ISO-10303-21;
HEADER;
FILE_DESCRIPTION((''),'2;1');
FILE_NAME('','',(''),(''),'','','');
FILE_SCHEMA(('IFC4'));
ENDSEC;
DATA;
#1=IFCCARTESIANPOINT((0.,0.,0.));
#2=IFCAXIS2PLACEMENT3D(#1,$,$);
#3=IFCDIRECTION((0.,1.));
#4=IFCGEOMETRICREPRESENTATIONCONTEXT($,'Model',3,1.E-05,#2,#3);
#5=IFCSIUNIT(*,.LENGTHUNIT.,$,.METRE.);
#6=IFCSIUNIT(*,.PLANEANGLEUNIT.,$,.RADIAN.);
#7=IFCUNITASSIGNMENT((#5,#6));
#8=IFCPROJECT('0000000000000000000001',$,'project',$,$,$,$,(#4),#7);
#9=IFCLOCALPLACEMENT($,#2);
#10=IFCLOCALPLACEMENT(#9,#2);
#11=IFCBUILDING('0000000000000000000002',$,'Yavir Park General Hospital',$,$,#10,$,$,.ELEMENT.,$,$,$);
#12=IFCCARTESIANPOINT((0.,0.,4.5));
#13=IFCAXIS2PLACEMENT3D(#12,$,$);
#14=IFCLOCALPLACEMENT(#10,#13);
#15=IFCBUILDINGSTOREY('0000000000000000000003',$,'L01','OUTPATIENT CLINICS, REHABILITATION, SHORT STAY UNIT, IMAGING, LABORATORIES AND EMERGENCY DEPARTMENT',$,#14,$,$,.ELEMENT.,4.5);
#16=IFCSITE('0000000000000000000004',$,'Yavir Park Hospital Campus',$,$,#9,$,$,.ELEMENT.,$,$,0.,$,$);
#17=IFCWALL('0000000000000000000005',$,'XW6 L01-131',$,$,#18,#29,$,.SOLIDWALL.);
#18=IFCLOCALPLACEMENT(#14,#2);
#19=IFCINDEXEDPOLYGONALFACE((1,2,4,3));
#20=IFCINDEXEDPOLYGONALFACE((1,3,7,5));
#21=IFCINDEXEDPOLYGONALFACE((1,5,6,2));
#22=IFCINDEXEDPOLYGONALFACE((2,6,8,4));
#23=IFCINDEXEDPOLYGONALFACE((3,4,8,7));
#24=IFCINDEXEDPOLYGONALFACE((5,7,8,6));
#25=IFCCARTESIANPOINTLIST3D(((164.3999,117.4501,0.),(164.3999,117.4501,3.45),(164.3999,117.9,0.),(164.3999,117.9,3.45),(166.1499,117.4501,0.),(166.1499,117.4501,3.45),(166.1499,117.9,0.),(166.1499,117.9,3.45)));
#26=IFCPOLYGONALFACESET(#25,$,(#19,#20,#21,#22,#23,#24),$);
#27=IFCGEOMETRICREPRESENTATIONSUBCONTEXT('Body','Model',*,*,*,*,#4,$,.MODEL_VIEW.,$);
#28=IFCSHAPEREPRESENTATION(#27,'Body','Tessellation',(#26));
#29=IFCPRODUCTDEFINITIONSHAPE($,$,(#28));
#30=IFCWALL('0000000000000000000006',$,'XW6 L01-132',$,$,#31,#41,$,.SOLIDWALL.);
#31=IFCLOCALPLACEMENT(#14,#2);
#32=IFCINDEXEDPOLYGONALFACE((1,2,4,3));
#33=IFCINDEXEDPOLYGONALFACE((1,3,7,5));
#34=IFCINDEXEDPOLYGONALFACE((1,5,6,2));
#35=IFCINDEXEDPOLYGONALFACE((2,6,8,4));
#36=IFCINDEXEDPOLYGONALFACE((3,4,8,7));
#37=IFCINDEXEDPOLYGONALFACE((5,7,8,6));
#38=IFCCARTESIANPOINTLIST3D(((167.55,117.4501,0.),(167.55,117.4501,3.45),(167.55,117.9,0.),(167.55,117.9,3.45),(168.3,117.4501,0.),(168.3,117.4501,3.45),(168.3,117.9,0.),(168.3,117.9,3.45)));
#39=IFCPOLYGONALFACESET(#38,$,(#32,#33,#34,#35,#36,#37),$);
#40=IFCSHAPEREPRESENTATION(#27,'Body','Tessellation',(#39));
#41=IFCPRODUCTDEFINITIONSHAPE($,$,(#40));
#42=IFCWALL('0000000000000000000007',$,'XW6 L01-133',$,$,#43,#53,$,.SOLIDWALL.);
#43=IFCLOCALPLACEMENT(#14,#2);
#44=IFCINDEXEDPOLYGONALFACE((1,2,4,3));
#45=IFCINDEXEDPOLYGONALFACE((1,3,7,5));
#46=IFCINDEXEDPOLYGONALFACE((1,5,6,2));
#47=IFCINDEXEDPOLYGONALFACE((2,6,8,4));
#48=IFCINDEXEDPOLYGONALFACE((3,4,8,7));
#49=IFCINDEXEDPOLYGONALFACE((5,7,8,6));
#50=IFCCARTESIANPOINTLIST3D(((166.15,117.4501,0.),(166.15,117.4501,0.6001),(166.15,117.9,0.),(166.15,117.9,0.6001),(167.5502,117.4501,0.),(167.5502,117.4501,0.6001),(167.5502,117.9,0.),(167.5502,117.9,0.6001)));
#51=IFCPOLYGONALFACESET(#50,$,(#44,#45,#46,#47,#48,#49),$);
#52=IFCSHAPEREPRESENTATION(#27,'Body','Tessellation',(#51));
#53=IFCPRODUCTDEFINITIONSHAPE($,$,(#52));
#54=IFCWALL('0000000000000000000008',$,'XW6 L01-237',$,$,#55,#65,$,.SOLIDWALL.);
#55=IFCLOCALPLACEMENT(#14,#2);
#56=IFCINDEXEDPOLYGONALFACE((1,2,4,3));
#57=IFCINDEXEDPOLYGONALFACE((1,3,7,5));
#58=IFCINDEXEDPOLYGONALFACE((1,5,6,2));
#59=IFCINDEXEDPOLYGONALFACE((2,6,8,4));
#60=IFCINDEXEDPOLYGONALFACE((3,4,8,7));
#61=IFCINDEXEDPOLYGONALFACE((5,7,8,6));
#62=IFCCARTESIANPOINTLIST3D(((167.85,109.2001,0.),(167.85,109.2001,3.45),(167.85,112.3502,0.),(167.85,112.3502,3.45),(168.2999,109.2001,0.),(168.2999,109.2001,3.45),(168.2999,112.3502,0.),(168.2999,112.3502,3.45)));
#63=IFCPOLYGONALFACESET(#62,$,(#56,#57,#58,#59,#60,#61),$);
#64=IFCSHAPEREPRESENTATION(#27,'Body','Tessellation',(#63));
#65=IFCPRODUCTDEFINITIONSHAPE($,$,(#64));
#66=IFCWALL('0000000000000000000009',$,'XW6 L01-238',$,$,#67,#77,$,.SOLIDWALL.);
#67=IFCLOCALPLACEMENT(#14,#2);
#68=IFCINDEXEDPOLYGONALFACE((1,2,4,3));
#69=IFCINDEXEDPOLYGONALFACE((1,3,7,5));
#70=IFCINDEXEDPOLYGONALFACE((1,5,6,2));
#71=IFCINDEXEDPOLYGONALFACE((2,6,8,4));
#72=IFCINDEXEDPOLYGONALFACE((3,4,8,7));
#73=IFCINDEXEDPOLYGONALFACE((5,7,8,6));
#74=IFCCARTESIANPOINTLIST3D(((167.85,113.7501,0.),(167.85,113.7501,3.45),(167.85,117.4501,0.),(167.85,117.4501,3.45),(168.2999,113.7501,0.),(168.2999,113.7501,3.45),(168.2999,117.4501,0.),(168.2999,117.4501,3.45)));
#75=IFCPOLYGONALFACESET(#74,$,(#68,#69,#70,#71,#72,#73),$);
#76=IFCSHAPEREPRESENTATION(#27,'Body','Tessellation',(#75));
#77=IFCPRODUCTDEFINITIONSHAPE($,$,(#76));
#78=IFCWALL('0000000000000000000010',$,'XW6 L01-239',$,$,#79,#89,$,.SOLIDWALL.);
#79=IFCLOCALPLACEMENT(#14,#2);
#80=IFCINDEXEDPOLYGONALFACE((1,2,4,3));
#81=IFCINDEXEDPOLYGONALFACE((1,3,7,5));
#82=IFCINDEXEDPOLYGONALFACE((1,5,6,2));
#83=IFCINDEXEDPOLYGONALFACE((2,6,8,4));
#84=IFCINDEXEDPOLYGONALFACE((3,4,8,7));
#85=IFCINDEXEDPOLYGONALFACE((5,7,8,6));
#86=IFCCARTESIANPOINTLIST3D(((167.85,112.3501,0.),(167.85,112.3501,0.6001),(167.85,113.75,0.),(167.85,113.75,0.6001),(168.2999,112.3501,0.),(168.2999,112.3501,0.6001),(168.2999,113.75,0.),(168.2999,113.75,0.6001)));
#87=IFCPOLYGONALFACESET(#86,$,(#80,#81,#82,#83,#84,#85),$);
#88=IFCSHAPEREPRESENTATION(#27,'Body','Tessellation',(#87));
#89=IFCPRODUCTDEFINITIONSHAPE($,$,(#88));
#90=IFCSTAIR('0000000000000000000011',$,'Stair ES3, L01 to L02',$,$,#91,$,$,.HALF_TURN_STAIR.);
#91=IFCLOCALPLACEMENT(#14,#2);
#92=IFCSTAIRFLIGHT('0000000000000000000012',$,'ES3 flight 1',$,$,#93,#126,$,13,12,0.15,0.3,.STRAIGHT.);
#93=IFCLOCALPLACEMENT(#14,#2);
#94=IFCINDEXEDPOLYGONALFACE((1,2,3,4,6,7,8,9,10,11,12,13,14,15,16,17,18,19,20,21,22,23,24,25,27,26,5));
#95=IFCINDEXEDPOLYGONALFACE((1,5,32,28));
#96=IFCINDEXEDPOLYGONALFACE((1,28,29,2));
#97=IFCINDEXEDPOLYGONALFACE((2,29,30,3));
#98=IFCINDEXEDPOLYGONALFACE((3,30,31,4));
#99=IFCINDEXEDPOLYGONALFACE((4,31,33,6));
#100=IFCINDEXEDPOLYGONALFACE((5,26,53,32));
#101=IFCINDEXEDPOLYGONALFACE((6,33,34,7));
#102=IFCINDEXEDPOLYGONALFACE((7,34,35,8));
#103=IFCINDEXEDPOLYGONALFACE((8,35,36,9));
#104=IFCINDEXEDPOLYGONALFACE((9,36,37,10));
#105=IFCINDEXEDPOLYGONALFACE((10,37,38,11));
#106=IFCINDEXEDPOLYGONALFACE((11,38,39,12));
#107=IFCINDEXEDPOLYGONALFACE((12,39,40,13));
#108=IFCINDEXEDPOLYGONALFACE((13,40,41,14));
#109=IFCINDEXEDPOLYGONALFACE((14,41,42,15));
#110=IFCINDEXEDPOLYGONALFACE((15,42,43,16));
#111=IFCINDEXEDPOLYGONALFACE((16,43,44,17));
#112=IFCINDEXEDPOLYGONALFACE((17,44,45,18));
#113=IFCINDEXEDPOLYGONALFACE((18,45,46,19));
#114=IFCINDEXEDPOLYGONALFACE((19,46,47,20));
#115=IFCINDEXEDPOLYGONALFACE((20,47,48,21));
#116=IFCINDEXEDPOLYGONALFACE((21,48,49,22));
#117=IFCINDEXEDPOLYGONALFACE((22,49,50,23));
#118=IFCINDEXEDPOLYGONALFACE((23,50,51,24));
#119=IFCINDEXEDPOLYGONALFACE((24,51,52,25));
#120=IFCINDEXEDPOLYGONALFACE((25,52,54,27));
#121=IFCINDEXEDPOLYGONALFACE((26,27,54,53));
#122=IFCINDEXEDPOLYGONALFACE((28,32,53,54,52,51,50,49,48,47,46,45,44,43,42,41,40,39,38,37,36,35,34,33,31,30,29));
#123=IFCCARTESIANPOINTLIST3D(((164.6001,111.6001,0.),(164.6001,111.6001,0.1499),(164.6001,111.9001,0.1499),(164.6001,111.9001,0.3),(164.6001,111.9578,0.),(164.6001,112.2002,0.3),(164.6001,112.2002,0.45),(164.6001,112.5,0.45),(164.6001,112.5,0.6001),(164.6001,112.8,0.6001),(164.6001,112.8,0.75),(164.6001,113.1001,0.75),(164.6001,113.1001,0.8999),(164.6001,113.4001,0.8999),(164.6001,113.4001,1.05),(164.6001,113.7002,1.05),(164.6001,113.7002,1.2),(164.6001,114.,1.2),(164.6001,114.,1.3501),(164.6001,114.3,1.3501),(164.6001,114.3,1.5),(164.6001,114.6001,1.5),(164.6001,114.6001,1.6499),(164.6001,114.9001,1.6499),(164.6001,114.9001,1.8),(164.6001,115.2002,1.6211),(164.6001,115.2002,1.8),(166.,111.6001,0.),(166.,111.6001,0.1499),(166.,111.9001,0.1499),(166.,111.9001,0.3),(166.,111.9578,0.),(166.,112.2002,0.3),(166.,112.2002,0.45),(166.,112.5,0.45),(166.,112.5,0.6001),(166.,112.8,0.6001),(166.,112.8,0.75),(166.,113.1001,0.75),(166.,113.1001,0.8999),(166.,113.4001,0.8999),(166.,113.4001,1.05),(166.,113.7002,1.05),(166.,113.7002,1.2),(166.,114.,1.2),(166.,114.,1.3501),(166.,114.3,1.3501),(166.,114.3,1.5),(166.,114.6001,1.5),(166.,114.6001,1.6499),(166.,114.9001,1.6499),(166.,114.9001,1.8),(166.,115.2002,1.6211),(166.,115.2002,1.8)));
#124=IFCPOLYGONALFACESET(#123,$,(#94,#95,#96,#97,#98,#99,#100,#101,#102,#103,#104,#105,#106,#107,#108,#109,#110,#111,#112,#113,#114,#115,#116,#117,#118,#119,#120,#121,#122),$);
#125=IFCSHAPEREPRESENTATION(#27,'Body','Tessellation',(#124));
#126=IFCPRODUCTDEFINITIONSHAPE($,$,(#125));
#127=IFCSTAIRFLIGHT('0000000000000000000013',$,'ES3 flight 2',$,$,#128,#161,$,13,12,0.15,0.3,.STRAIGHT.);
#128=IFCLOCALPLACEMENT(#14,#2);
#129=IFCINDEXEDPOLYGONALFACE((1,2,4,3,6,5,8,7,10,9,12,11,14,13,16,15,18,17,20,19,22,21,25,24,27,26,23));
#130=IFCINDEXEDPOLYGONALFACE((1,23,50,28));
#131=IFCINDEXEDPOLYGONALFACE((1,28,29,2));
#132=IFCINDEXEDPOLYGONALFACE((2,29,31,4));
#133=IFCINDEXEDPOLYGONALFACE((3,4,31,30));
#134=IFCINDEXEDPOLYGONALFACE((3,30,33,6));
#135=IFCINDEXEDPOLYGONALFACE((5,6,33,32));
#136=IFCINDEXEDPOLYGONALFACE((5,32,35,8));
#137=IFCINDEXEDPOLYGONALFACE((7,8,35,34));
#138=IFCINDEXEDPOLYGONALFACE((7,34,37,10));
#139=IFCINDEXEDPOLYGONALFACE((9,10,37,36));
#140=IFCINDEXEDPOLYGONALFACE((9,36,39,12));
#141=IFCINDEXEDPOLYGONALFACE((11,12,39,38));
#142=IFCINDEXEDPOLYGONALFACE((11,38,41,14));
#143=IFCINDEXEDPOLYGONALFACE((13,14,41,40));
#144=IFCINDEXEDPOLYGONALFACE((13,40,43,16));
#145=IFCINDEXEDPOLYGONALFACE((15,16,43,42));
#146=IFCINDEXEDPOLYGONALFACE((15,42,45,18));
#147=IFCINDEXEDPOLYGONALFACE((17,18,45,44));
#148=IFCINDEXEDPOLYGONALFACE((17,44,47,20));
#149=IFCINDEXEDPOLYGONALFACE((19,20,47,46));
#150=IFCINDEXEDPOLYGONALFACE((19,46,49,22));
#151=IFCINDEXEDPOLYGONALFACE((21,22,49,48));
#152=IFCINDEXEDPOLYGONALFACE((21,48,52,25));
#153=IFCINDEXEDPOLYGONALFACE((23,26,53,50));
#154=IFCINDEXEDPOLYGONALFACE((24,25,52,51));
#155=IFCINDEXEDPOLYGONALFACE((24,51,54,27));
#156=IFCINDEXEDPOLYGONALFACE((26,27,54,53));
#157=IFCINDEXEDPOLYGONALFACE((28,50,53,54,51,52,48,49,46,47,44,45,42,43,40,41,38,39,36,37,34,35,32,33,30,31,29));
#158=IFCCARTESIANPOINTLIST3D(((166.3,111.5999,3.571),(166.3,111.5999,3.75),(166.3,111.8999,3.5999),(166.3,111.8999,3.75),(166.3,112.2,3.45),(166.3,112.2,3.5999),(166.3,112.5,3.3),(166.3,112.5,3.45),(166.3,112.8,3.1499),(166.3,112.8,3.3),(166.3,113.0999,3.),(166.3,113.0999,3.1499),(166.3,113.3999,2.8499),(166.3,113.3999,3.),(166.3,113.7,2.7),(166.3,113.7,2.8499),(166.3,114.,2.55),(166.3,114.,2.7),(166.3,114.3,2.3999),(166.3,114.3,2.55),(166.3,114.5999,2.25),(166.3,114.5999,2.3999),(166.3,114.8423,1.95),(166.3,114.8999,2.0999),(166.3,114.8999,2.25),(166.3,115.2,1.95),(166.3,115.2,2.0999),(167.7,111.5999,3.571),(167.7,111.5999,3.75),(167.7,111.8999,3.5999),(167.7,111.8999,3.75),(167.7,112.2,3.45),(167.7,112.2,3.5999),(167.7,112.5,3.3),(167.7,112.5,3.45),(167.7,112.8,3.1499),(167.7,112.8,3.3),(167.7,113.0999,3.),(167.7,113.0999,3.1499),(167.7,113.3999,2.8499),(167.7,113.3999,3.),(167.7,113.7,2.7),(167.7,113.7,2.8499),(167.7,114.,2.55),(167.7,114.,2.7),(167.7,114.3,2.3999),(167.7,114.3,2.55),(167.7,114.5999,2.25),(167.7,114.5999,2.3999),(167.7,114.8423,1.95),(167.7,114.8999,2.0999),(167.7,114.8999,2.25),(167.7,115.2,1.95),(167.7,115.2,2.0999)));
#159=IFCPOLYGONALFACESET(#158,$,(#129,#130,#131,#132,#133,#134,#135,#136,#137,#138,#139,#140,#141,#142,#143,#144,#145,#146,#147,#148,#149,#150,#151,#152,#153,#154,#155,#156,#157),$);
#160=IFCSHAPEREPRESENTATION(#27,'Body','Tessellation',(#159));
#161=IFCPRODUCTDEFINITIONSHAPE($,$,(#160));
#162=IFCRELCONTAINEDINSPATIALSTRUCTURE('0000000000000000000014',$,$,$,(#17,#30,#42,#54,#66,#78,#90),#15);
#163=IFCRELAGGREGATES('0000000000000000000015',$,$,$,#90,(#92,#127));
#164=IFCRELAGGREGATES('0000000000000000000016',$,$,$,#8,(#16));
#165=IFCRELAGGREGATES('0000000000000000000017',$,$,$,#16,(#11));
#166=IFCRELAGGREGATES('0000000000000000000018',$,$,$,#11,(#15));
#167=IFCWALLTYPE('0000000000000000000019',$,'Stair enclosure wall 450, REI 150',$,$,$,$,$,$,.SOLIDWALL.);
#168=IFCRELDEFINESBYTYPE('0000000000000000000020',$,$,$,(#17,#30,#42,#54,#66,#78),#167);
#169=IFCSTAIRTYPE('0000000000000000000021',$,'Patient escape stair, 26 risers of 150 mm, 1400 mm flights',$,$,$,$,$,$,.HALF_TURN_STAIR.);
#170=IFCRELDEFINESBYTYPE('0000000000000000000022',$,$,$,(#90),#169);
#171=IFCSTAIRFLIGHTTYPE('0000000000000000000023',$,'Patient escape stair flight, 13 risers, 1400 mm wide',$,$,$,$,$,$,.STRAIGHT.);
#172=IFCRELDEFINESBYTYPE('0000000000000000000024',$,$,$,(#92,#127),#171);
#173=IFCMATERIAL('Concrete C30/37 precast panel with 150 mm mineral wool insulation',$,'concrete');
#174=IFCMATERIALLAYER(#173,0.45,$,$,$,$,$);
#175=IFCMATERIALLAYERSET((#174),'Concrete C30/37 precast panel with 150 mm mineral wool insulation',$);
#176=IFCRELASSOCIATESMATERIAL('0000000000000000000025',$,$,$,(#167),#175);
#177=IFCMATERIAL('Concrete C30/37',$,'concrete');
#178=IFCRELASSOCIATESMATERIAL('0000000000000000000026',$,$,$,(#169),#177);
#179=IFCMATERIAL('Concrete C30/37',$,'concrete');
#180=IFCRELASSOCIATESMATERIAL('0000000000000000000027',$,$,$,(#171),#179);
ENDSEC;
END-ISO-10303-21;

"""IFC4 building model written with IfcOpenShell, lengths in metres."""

from ifc_helpers import new_model, si_unit, direction, frame, frame_2d, origin, place, context, subcontext, project, spatial, polyline, rectangle, outline, extrude, material, layer, layer_set, type_object, element, aggregate, save


model = new_model("IFC4")

# Units and contexts
model_context = context("Model", 3, precision=1e-05, world=origin(), true_north=direction((0.0, 1.0)))
body_context = subcontext(model_context, "Body", "Model", "MODEL_VIEW")
ifc_project = project(units=[si_unit("LENGTHUNIT", "METRE"), si_unit("PLANEANGLEUNIT", "RADIAN")], contexts=[model_context])

# Site, building, storey
site_placement = place(None, origin())
site = spatial("IfcSite", under=ifc_project, at=site_placement, Name="Yavir Park Hospital Campus", CompositionType="ELEMENT", RefElevation=0.0)
building_placement = place(site_placement, origin())
building = spatial("IfcBuilding", under=site, at=building_placement, Name="Yavir Park General Hospital", CompositionType="ELEMENT")
storey_placement = place(building_placement, frame((0.0, 0.0, 4.5)))
storey = spatial("IfcBuildingStorey", under=building, at=storey_placement, Name="L01", Description="OUTPATIENT CLINICS, REHABILITATION, SHORT STAY UNIT, IMAGING, LABORATORIES AND EMERGENCY DEPARTMENT", CompositionType="ELEMENT", Elevation=4.5)

# Walls
ifc_material_1 = material(Name="Concrete C30/37 precast panel with 150 mm mineral wool insulation", Category="concrete")
ifc_layer_1 = layer(ifc_material_1, 0.45)
ifc_layer_set_1 = layer_set([ifc_layer_1], Name="Concrete C30/37 precast panel with 150 mm mineral wool insulation")
wall_type = type_object("IfcWallType", Name="Stair enclosure wall 450, REI 150", PredefinedType="SOLIDWALL", material=ifc_layer_set_1)
wall_1_placement = place(storey_placement, frame((164.3999, 117.675, 0.0), z_axis=(0.0, 0.0, 1.0), x_axis=(1.0, 0.0, 0.0)))
element("IfcWall", 1, at=wall_1_placement, inside=storey, type_object=wall_type, Name="XW6 L01-131", PredefinedType="SOLIDWALL", context=body_context, shape_type="SweptSolid", body=[
    extrude(rectangle(XDim=1.75, YDim=0.45, at=frame_2d((0.875, 0.0))), origin(), (0.0, 0.0, 1.0), 3.45),
])
wall_2_placement = place(storey_placement, frame((167.55, 117.675, 0.0), z_axis=(0.0, 0.0, 1.0), x_axis=(1.0, 0.0, 0.0)))
element("IfcWall", 2, at=wall_2_placement, inside=storey, type_object=wall_type, Name="XW6 L01-132", PredefinedType="SOLIDWALL", context=body_context, shape_type="SweptSolid", body=[
    extrude(rectangle(XDim=0.75, YDim=0.45, at=frame_2d((0.375, 0.0))), origin(), (0.0, 0.0, 1.0), 3.45),
])
wall_3_placement = place(storey_placement, frame((166.1499, 117.675, 0.0), z_axis=(0.0, 0.0, 1.0), x_axis=(1.0, 0.0, 0.0)))
element("IfcWall", 3, at=wall_3_placement, inside=storey, type_object=wall_type, Name="XW6 L01-133", PredefinedType="SOLIDWALL", context=body_context, shape_type="SweptSolid", body=[
    extrude(rectangle(XDim=1.4001, YDim=0.45, at=frame_2d((0.7002, 0.0))), origin(), (0.0, 0.0, 1.0), 0.6001),
])
wall_4_placement = place(storey_placement, frame((168.075, 109.2, 0.0), z_axis=(0.0, 0.0, 1.0), x_axis=(0.0, 1.0, 0.0)))
element("IfcWall", 4, at=wall_4_placement, inside=storey, type_object=wall_type, Name="XW6 L01-237", PredefinedType="SOLIDWALL", context=body_context, shape_type="SweptSolid", body=[
    extrude(rectangle(XDim=3.1501, YDim=0.45, at=frame_2d((1.5752, 0.0))), origin(), (0.0, 0.0, 1.0), 3.45),
])
wall_5_placement = place(storey_placement, frame((168.075, 113.75, 0.0), z_axis=(0.0, 0.0, 1.0), x_axis=(0.0, 1.0, 0.0)))
element("IfcWall", 5, at=wall_5_placement, inside=storey, type_object=wall_type, Name="XW6 L01-238", PredefinedType="SOLIDWALL", context=body_context, shape_type="SweptSolid", body=[
    extrude(rectangle(XDim=3.7, YDim=0.45, at=frame_2d((1.8501, 0.0))), origin(), (0.0, 0.0, 1.0), 3.45),
])
wall_6_placement = place(storey_placement, frame((168.075, 112.3501, 0.0), z_axis=(0.0, 0.0, 1.0), x_axis=(0.0, 1.0, 0.0)))
element("IfcWall", 6, at=wall_6_placement, inside=storey, type_object=wall_type, Name="XW6 L01-239", PredefinedType="SOLIDWALL", context=body_context, shape_type="SweptSolid", body=[
    extrude(rectangle(XDim=1.3999, YDim=0.45, at=frame_2d((0.7, 0.0))), origin(), (0.0, 0.0, 1.0), 0.6001),
])

# Stair, stair flights
ifc_material_2 = material(Name="Concrete C30/37", Category="concrete")
stair_type = type_object("IfcStairType", Name="Patient escape stair, 26 risers of 150 mm, 1400 mm flights", PredefinedType="HALF_TURN_STAIR", material=ifc_material_2)
stair_placement = place(storey_placement, origin())
stair = element("IfcStair", 7, at=stair_placement, inside=storey, type_object=stair_type, Name="Stair ES3, L01 to L02", PredefinedType="HALF_TURN_STAIR")
ifc_material_3 = material(Name="Concrete C30/37", Category="concrete")
stair_flight_type = type_object("IfcStairFlightType", Name="Patient escape stair flight, 13 risers, 1400 mm wide", PredefinedType="STRAIGHT", material=ifc_material_3)
stair_flight_1_placement = place(storey_placement, frame((165.3, 111.6001, 0.0), z_axis=(0.0, 0.0, 1.0), x_axis=(0.0, 1.0, 0.0)))
stair_flight_1 = element("IfcStairFlight", 8, at=stair_flight_1_placement, type_object=stair_flight_type, Name="ES3 flight 1", NumberOfRisers=13, NumberOfTreads=12, PredefinedType="STRAIGHT", RiserHeight=0.15, TreadLength=0.3, context=body_context, shape_type="SweptSolid", body=[
    extrude(outline(polyline([(0.0, 0.0), (0.0, 0.1499), (0.3, 0.1499), (0.3, 0.3), (0.6001, 0.3), (0.6001, 0.45), (0.8999, 0.45), (0.8999, 0.6001), (1.2, 0.6001), (1.2, 0.75), (1.5, 0.75), (1.5, 0.8999), (1.8, 0.8999), (1.8, 1.05), (2.1001, 1.05), (2.1001, 1.2), (2.3999, 1.2), (2.3999, 1.3501), (2.7, 1.3501), (2.7, 1.5), (3.0, 1.5), (3.0, 1.6499), (3.3, 1.6499), (3.3, 1.8), (3.6001, 1.8), (3.6001, 1.95), (3.6001, 1.6211), (0.3577, 0.0), (0.0, 0.0)])), frame((0.0, 0.7, 0.0), z_axis=(0.0, -1.0, 0.0), x_axis=(1.0, 0.0, 0.0)), (0.0, 0.0, 1.0), 1.3999),
])
stair_flight_2_placement = place(storey_placement, frame((167.0, 115.2, 1.95), z_axis=(0.0, 0.0, 1.0), x_axis=(0.0, -1.0, 0.0)))
stair_flight_2 = element("IfcStairFlight", 9, at=stair_flight_2_placement, type_object=stair_flight_type, Name="ES3 flight 2", NumberOfRisers=13, NumberOfTreads=12, PredefinedType="STRAIGHT", RiserHeight=0.15, TreadLength=0.3, context=body_context, shape_type="SweptSolid", body=[
    extrude(outline(polyline([(0.0, 0.0), (0.0, 0.1499), (0.3, 0.1499), (0.3, 0.3), (0.6001, 0.3), (0.6001, 0.45), (0.8999, 0.45), (0.8999, 0.6001), (1.2, 0.6001), (1.2, 0.75), (1.5, 0.75), (1.5, 0.8999), (1.8, 0.8999), (1.8, 1.05), (2.1001, 1.05), (2.1001, 1.2), (2.3999, 1.2), (2.3999, 1.3501), (2.7, 1.3501), (2.7, 1.5), (3.0, 1.5), (3.0, 1.6499), (3.3, 1.6499), (3.3, 1.8), (3.6001, 1.8), (3.6001, 1.95), (3.6001, 1.6211), (0.3577, 0.0), (0.0, 0.0)])), frame((0.0, 0.7, 0.0), z_axis=(0.0, -1.0, 0.0), x_axis=(1.0, 0.0, 0.0)), (0.0, 0.0, 1.0), 1.3999),
])
aggregate(stair, [stair_flight_1, stair_flight_2])

save(model, "model.ifc")
